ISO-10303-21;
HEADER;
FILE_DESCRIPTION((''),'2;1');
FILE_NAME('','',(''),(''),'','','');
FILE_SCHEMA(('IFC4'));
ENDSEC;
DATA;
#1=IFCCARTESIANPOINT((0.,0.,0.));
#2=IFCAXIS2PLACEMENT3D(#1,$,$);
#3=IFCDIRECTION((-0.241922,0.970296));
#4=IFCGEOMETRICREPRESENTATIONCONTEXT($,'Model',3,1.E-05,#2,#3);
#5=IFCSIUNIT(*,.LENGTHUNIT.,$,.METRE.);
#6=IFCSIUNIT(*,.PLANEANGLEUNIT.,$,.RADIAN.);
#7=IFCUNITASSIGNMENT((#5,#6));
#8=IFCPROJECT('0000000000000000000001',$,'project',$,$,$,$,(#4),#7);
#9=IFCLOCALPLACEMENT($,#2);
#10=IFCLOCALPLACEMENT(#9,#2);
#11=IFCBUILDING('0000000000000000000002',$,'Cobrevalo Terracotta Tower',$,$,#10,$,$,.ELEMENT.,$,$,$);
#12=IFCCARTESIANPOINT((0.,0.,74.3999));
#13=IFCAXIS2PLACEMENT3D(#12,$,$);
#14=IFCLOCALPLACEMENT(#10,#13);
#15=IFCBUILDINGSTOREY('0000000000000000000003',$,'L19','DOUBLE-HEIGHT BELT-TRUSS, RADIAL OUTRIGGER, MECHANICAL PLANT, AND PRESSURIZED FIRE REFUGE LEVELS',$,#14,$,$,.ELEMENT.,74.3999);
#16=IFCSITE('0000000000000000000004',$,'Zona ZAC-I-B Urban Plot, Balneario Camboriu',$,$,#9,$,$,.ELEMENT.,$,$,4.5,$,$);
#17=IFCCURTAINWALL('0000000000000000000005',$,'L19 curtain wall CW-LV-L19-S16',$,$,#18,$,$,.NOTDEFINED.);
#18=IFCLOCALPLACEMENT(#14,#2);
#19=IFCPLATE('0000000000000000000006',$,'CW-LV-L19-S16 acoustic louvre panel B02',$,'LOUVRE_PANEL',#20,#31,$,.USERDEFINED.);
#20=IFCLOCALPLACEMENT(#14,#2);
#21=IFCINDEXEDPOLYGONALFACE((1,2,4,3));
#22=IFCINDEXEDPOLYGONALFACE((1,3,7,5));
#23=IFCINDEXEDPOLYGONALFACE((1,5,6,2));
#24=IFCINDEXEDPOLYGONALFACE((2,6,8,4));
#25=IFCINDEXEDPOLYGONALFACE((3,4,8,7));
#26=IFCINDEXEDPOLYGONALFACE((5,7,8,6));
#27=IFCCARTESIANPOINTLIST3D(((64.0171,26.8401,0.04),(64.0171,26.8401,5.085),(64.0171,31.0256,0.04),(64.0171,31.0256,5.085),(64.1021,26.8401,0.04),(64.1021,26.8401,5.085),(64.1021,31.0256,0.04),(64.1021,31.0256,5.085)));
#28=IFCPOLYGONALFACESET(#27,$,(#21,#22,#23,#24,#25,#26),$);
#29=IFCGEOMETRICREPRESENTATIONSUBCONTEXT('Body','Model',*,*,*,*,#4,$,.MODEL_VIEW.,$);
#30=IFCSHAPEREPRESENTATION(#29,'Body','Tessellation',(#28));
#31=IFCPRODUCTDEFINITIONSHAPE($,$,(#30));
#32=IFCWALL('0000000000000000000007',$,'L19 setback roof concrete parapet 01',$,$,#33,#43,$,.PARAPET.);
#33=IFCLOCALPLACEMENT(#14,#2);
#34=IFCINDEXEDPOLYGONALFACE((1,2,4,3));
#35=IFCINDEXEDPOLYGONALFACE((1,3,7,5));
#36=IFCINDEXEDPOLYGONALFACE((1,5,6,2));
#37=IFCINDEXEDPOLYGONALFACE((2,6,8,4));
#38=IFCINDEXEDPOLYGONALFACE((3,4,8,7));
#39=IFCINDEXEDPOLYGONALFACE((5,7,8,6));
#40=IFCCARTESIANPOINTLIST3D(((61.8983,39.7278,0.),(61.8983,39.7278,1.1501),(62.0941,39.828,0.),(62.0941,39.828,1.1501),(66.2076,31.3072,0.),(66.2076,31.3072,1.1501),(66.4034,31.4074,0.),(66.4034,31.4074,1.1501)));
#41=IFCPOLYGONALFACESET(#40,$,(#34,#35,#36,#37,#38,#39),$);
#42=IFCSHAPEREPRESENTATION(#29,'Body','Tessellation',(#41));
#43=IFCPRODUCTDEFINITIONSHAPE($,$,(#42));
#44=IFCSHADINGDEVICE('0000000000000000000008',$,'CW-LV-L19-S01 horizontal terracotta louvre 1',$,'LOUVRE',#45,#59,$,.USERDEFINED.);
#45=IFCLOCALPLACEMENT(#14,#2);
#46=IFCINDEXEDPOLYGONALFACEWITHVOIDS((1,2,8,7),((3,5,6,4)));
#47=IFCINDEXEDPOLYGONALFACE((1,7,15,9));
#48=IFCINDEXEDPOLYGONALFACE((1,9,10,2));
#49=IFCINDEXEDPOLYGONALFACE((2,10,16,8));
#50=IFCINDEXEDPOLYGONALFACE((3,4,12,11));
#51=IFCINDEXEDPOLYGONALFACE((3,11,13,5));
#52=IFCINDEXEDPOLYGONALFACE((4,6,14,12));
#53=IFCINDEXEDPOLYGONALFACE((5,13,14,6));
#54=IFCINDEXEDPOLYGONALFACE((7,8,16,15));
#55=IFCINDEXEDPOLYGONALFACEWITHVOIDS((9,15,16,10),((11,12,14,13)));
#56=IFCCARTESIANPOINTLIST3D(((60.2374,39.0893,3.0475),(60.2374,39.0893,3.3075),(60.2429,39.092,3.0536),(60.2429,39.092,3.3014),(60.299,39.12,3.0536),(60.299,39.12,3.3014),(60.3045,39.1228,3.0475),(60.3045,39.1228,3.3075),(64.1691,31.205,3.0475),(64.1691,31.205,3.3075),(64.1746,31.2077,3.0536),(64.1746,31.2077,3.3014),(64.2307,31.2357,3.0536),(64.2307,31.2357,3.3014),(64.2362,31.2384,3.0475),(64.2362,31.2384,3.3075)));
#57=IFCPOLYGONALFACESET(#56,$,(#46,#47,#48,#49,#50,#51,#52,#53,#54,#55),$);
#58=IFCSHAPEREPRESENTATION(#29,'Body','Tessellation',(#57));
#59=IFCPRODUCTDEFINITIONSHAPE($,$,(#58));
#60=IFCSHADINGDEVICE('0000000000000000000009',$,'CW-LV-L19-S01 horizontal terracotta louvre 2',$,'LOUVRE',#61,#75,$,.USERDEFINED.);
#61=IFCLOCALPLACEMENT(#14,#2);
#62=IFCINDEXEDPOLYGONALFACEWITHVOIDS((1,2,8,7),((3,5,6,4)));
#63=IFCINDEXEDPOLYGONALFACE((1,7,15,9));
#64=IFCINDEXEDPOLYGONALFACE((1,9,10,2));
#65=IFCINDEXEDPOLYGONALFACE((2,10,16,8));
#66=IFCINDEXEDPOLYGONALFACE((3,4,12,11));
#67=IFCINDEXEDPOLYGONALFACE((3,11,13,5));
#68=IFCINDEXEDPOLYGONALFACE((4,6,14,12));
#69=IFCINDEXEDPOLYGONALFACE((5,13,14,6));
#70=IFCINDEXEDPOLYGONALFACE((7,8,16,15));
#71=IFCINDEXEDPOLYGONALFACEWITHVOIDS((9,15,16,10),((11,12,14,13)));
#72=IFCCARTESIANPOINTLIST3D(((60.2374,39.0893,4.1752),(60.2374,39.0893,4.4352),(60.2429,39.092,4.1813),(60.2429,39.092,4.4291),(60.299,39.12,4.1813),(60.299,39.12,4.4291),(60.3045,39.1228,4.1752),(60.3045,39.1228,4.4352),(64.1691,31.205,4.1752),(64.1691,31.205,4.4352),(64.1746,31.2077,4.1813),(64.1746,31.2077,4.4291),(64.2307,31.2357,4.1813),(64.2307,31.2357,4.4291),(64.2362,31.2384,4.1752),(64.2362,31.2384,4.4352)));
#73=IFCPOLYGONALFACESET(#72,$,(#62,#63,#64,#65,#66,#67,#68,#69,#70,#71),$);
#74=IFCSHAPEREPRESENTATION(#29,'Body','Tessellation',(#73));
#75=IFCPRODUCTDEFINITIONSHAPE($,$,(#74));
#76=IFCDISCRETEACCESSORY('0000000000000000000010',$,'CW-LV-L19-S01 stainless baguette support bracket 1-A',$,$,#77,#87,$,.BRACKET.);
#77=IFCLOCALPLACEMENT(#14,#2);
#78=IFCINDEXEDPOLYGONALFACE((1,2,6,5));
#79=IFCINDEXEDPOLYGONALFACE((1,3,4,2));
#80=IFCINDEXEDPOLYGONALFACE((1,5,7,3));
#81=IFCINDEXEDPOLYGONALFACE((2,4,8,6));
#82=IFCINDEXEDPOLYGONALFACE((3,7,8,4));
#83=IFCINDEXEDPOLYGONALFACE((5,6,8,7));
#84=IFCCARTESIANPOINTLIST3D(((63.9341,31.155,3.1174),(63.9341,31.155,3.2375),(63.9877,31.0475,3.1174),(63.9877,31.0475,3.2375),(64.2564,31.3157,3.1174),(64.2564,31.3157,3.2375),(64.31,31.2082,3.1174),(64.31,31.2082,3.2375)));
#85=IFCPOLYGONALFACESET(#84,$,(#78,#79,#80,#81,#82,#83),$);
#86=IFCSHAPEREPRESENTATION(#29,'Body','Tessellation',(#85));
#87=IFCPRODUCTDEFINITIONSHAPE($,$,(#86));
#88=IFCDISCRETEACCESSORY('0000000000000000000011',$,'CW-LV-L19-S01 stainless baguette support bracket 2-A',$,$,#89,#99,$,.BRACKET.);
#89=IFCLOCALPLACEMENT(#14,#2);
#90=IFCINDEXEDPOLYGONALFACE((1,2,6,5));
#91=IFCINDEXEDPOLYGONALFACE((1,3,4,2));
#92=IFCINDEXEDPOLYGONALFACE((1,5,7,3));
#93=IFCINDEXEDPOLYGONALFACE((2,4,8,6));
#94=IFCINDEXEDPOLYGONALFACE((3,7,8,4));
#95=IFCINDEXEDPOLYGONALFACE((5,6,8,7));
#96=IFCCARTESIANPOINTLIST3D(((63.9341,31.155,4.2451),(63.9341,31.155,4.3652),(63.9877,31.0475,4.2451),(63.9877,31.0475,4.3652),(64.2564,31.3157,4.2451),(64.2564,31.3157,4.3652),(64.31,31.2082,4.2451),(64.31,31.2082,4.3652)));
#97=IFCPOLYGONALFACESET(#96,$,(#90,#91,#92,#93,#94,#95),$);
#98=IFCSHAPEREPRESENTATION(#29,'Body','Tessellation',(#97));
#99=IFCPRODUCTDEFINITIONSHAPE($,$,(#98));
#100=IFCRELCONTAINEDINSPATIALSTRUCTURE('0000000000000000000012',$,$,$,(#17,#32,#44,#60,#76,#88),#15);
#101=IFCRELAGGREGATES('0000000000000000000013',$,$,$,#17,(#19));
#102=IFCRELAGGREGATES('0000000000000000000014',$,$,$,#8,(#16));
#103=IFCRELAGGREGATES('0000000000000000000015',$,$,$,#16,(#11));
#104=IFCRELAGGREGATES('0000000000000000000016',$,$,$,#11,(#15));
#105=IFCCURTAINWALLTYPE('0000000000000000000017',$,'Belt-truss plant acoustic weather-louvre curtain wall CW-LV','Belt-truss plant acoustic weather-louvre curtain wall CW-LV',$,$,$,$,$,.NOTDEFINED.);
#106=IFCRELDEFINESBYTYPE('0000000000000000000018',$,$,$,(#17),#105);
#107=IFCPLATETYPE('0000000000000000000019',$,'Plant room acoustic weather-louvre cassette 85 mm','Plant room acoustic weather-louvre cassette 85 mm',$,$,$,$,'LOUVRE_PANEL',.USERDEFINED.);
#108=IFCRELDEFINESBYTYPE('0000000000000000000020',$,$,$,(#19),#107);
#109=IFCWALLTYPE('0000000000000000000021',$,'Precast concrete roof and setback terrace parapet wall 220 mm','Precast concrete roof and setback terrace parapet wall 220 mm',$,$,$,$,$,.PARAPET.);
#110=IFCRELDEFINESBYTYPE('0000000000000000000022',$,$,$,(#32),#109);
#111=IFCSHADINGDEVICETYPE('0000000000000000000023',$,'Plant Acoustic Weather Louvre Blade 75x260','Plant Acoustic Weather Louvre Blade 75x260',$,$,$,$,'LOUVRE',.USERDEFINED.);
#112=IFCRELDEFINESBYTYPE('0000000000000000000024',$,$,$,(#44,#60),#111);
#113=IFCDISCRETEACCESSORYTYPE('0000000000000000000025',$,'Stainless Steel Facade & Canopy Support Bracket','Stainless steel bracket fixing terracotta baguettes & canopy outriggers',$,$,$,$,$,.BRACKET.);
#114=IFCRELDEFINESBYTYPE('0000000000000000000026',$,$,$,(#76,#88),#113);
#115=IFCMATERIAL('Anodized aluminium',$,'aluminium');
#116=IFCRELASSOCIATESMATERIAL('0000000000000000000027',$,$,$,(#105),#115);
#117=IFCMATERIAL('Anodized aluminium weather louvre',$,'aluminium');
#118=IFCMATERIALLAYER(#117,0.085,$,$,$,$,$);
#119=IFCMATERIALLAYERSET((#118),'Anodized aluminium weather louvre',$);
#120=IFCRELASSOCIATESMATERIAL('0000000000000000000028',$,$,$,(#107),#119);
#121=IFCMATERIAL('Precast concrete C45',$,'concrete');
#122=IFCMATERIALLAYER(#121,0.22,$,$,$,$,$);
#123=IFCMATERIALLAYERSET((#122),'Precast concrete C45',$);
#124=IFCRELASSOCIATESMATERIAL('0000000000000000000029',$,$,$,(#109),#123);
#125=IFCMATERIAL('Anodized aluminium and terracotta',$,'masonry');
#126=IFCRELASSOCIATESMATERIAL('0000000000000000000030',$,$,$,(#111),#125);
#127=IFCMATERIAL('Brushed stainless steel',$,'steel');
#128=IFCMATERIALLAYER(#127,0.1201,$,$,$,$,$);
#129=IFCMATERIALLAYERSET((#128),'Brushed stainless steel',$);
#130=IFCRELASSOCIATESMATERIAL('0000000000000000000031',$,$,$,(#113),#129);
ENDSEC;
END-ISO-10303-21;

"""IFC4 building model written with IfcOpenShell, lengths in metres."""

from ifc_helpers import new_model, si_unit, direction, frame, frame_2d, origin, origin_2d, place, context, subcontext, project, spatial, rectangle, hollow_rectangle, extrude, source, transform, mapped, material, layer, layer_set, material_profile, profile_set, type_object, element, aggregate, save


model = new_model("IFC4")

# Units and contexts
model_context = context("Model", 3, precision=1e-05, world=origin(), true_north=direction((-0.241922, 0.970296)))
body_context = subcontext(model_context, "Body", "Model", "MODEL_VIEW")
ifc_project = project(units=[si_unit("LENGTHUNIT", "METRE"), si_unit("PLANEANGLEUNIT", "RADIAN")], contexts=[model_context])

# Site, building, storey
site_placement = place(None, origin())
site = spatial("IfcSite", under=ifc_project, at=site_placement, Name="Zona ZAC-I-B Urban Plot, Balneario Camboriu", CompositionType="ELEMENT", RefElevation=4.5)
building_placement = place(site_placement, origin())
building = spatial("IfcBuilding", under=site, at=building_placement, Name="Cobrevalo Terracotta Tower", CompositionType="ELEMENT")
storey_placement = place(building_placement, frame((0.0, 0.0, 74.3999)))
storey = spatial("IfcBuildingStorey", under=building, at=storey_placement, Name="L19", Description="DOUBLE-HEIGHT BELT-TRUSS, RADIAL OUTRIGGER, MECHANICAL PLANT, AND PRESSURIZED FIRE REFUGE LEVELS", CompositionType="ELEMENT", Elevation=74.3999)

# Curtain wall
ifc_material_1 = material(Name="Anodized aluminium", Category="aluminium")
curtain_wall_type = type_object("IfcCurtainWallType", Name="Belt-truss plant acoustic weather-louvre curtain wall CW-LV", Description="Belt-truss plant acoustic weather-louvre curtain wall CW-LV", PredefinedType="NOTDEFINED", material=ifc_material_1)
curtain_wall_1_placement = place(storey_placement, origin())
curtain_wall_1 = element("IfcCurtainWall", 1, at=curtain_wall_1_placement, inside=storey, type_object=curtain_wall_type, Name="L19 curtain wall CW-LV-L19-S16", PredefinedType="NOTDEFINED")

# Plate
ifc_material_2 = material(Name="Anodized aluminium weather louvre", Category="aluminium")
ifc_layer_1 = layer(ifc_material_2, 0.085)
ifc_layer_set_1 = layer_set([ifc_layer_1], Name="Anodized aluminium weather louvre")
plate_type_1 = type_object("IfcPlateType", Name="Plant room acoustic weather-louvre cassette 85 mm", Description="Plant room acoustic weather-louvre cassette 85 mm", ElementType="LOUVRE_PANEL", PredefinedType="USERDEFINED", material=ifc_layer_set_1)
shared_shape_1 = source(origin(), body_context, "Body", "SweptSolid", [
    extrude(rectangle(XDim=4.1855, YDim=0.085, at=origin_2d()), origin(), (0.0, 0.0, 1.0), 5.0449),
])
plate_1_placement = place(storey_placement, frame((64.0596, 28.9329, 0.04), z_axis=(0.0, 0.0, 1.0), x_axis=(0.0, 1.0, 0.0)))
plate_1 = element("IfcPlate", 2, at=plate_1_placement, type_object=plate_type_1, Name="CW-LV-L19-S16 acoustic louvre panel B02", ObjectType="LOUVRE_PANEL", PredefinedType="USERDEFINED", context=body_context, shape_type="MappedRepresentation", body=[
    mapped(shared_shape_1, transform((0.0, 0.0, 0.0), scale=1.0)),
])
aggregate(curtain_wall_1, [plate_1])

# Wall
ifc_material_3 = material(Name="Precast concrete C45", Category="concrete")
ifc_layer_2 = layer(ifc_material_3, 0.22)
ifc_layer_set_2 = layer_set([ifc_layer_2], Name="Precast concrete C45")
wall_type = type_object("IfcWallType", Name="Precast concrete roof and setback terrace parapet wall 220 mm", Description="Precast concrete roof and setback terrace parapet wall 220 mm", PredefinedType="PARAPET", material=ifc_layer_set_2)
wall_placement = place(storey_placement, frame((66.3054, 31.3574, 0.0), z_axis=(0.0, 0.0, 1.0), x_axis=(-0.455567, 0.890202, 0.0)))
element("IfcWall", 3, at=wall_placement, inside=storey, type_object=wall_type, Name="L19 setback roof concrete parapet 01", PredefinedType="PARAPET", context=body_context, shape_type="SweptSolid", body=[
    extrude(rectangle(XDim=9.4592, YDim=0.22, at=frame_2d((4.7295, 0.0))), origin(), (0.0, 0.0, 1.0), 1.1501),
])

# Shading devices
ifc_material_4 = material(Name="Anodized aluminium and terracotta", Category="masonry")
ifc_material_profile_1 = material_profile(ifc_material_4, hollow_rectangle(XDim=0.075, YDim=0.26, WallThickness=0.0061, at=origin_2d()), Name="LOUVRE BLADE 75x260")
ifc_profile_set_1 = profile_set([ifc_material_profile_1], Name="Anodized aluminium and terracotta")
shading_device_type = type_object("IfcShadingDeviceType", Name="Plant Acoustic Weather Louvre Blade 75x260", Description="Plant Acoustic Weather Louvre Blade 75x260", ElementType="LOUVRE", PredefinedType="USERDEFINED", material=ifc_profile_set_1)
shared_shape_2 = source(origin(), body_context, "Body", "SweptSolid", [
    extrude(hollow_rectangle(XDim=0.075, YDim=0.26, WallThickness=0.0061, at=origin_2d()), origin(), (0.0, 0.0, 1.0), 8.8103),
])
for number, where, z_axis, x_axis, name in (
    (4, (64.2026, 31.2217, 3.1775), (-0.44626, 0.894903, 0.0), (-0.894903, -0.44626, 0.0), "CW-LV-L19-S01 horizontal terracotta louvre 1"),
    (5, (64.2026, 31.2217, 4.3052), (-0.44626, 0.894903, 0.0), (-0.894903, -0.44626, 0.0), "CW-LV-L19-S01 horizontal terracotta louvre 2"),
):
    element("IfcShadingDevice", number, at=place(storey_placement, frame(where, z_axis=z_axis, x_axis=x_axis)), inside=storey, type_object=shading_device_type, Name=name, ObjectType="LOUVRE", PredefinedType="USERDEFINED", context=body_context, shape_type="MappedRepresentation", body=[
        mapped(shared_shape_2, transform((0.0, 0.0, 0.0), scale=1.0)),
    ])

# Discrete accessories
ifc_material_5 = material(Name="Brushed stainless steel", Category="steel")
ifc_layer_3 = layer(ifc_material_5, 0.1201)
ifc_layer_set_3 = layer_set([ifc_layer_3], Name="Brushed stainless steel")
discrete_accessory_type = type_object("IfcDiscreteAccessoryType", Name="Stainless Steel Facade & Canopy Support Bracket", Description="Stainless steel bracket fixing terracotta baguettes & canopy outriggers", PredefinedType="BRACKET", material=ifc_layer_set_3)
shared_shape_3 = source(origin(), body_context, "Body", "SweptSolid", [
    extrude(rectangle(XDim=0.1201, YDim=0.3601, at=origin_2d()), origin(), (0.0, 0.0, 1.0), 0.1201),
])
for number, where, z_axis, x_axis, name in (
    (6, (64.1221, 31.1816, 3.1174), (0.0, 0.0, 1.0), (-0.446262, 0.894902, 0.0), "CW-LV-L19-S01 stainless baguette support bracket 1-A"),
    (7, (64.1221, 31.1816, 4.2451), (0.0, 0.0, 1.0), (-0.446262, 0.894902, 0.0), "CW-LV-L19-S01 stainless baguette support bracket 2-A"),
):
    element("IfcDiscreteAccessory", number, at=place(storey_placement, frame(where, z_axis=z_axis, x_axis=x_axis)), inside=storey, type_object=discrete_accessory_type, Name=name, PredefinedType="BRACKET", context=body_context, shape_type="MappedRepresentation", body=[
        mapped(shared_shape_3, transform((0.0, 0.0, 0.0), scale=1.0)),
    ])

save(model, "model.ifc")
